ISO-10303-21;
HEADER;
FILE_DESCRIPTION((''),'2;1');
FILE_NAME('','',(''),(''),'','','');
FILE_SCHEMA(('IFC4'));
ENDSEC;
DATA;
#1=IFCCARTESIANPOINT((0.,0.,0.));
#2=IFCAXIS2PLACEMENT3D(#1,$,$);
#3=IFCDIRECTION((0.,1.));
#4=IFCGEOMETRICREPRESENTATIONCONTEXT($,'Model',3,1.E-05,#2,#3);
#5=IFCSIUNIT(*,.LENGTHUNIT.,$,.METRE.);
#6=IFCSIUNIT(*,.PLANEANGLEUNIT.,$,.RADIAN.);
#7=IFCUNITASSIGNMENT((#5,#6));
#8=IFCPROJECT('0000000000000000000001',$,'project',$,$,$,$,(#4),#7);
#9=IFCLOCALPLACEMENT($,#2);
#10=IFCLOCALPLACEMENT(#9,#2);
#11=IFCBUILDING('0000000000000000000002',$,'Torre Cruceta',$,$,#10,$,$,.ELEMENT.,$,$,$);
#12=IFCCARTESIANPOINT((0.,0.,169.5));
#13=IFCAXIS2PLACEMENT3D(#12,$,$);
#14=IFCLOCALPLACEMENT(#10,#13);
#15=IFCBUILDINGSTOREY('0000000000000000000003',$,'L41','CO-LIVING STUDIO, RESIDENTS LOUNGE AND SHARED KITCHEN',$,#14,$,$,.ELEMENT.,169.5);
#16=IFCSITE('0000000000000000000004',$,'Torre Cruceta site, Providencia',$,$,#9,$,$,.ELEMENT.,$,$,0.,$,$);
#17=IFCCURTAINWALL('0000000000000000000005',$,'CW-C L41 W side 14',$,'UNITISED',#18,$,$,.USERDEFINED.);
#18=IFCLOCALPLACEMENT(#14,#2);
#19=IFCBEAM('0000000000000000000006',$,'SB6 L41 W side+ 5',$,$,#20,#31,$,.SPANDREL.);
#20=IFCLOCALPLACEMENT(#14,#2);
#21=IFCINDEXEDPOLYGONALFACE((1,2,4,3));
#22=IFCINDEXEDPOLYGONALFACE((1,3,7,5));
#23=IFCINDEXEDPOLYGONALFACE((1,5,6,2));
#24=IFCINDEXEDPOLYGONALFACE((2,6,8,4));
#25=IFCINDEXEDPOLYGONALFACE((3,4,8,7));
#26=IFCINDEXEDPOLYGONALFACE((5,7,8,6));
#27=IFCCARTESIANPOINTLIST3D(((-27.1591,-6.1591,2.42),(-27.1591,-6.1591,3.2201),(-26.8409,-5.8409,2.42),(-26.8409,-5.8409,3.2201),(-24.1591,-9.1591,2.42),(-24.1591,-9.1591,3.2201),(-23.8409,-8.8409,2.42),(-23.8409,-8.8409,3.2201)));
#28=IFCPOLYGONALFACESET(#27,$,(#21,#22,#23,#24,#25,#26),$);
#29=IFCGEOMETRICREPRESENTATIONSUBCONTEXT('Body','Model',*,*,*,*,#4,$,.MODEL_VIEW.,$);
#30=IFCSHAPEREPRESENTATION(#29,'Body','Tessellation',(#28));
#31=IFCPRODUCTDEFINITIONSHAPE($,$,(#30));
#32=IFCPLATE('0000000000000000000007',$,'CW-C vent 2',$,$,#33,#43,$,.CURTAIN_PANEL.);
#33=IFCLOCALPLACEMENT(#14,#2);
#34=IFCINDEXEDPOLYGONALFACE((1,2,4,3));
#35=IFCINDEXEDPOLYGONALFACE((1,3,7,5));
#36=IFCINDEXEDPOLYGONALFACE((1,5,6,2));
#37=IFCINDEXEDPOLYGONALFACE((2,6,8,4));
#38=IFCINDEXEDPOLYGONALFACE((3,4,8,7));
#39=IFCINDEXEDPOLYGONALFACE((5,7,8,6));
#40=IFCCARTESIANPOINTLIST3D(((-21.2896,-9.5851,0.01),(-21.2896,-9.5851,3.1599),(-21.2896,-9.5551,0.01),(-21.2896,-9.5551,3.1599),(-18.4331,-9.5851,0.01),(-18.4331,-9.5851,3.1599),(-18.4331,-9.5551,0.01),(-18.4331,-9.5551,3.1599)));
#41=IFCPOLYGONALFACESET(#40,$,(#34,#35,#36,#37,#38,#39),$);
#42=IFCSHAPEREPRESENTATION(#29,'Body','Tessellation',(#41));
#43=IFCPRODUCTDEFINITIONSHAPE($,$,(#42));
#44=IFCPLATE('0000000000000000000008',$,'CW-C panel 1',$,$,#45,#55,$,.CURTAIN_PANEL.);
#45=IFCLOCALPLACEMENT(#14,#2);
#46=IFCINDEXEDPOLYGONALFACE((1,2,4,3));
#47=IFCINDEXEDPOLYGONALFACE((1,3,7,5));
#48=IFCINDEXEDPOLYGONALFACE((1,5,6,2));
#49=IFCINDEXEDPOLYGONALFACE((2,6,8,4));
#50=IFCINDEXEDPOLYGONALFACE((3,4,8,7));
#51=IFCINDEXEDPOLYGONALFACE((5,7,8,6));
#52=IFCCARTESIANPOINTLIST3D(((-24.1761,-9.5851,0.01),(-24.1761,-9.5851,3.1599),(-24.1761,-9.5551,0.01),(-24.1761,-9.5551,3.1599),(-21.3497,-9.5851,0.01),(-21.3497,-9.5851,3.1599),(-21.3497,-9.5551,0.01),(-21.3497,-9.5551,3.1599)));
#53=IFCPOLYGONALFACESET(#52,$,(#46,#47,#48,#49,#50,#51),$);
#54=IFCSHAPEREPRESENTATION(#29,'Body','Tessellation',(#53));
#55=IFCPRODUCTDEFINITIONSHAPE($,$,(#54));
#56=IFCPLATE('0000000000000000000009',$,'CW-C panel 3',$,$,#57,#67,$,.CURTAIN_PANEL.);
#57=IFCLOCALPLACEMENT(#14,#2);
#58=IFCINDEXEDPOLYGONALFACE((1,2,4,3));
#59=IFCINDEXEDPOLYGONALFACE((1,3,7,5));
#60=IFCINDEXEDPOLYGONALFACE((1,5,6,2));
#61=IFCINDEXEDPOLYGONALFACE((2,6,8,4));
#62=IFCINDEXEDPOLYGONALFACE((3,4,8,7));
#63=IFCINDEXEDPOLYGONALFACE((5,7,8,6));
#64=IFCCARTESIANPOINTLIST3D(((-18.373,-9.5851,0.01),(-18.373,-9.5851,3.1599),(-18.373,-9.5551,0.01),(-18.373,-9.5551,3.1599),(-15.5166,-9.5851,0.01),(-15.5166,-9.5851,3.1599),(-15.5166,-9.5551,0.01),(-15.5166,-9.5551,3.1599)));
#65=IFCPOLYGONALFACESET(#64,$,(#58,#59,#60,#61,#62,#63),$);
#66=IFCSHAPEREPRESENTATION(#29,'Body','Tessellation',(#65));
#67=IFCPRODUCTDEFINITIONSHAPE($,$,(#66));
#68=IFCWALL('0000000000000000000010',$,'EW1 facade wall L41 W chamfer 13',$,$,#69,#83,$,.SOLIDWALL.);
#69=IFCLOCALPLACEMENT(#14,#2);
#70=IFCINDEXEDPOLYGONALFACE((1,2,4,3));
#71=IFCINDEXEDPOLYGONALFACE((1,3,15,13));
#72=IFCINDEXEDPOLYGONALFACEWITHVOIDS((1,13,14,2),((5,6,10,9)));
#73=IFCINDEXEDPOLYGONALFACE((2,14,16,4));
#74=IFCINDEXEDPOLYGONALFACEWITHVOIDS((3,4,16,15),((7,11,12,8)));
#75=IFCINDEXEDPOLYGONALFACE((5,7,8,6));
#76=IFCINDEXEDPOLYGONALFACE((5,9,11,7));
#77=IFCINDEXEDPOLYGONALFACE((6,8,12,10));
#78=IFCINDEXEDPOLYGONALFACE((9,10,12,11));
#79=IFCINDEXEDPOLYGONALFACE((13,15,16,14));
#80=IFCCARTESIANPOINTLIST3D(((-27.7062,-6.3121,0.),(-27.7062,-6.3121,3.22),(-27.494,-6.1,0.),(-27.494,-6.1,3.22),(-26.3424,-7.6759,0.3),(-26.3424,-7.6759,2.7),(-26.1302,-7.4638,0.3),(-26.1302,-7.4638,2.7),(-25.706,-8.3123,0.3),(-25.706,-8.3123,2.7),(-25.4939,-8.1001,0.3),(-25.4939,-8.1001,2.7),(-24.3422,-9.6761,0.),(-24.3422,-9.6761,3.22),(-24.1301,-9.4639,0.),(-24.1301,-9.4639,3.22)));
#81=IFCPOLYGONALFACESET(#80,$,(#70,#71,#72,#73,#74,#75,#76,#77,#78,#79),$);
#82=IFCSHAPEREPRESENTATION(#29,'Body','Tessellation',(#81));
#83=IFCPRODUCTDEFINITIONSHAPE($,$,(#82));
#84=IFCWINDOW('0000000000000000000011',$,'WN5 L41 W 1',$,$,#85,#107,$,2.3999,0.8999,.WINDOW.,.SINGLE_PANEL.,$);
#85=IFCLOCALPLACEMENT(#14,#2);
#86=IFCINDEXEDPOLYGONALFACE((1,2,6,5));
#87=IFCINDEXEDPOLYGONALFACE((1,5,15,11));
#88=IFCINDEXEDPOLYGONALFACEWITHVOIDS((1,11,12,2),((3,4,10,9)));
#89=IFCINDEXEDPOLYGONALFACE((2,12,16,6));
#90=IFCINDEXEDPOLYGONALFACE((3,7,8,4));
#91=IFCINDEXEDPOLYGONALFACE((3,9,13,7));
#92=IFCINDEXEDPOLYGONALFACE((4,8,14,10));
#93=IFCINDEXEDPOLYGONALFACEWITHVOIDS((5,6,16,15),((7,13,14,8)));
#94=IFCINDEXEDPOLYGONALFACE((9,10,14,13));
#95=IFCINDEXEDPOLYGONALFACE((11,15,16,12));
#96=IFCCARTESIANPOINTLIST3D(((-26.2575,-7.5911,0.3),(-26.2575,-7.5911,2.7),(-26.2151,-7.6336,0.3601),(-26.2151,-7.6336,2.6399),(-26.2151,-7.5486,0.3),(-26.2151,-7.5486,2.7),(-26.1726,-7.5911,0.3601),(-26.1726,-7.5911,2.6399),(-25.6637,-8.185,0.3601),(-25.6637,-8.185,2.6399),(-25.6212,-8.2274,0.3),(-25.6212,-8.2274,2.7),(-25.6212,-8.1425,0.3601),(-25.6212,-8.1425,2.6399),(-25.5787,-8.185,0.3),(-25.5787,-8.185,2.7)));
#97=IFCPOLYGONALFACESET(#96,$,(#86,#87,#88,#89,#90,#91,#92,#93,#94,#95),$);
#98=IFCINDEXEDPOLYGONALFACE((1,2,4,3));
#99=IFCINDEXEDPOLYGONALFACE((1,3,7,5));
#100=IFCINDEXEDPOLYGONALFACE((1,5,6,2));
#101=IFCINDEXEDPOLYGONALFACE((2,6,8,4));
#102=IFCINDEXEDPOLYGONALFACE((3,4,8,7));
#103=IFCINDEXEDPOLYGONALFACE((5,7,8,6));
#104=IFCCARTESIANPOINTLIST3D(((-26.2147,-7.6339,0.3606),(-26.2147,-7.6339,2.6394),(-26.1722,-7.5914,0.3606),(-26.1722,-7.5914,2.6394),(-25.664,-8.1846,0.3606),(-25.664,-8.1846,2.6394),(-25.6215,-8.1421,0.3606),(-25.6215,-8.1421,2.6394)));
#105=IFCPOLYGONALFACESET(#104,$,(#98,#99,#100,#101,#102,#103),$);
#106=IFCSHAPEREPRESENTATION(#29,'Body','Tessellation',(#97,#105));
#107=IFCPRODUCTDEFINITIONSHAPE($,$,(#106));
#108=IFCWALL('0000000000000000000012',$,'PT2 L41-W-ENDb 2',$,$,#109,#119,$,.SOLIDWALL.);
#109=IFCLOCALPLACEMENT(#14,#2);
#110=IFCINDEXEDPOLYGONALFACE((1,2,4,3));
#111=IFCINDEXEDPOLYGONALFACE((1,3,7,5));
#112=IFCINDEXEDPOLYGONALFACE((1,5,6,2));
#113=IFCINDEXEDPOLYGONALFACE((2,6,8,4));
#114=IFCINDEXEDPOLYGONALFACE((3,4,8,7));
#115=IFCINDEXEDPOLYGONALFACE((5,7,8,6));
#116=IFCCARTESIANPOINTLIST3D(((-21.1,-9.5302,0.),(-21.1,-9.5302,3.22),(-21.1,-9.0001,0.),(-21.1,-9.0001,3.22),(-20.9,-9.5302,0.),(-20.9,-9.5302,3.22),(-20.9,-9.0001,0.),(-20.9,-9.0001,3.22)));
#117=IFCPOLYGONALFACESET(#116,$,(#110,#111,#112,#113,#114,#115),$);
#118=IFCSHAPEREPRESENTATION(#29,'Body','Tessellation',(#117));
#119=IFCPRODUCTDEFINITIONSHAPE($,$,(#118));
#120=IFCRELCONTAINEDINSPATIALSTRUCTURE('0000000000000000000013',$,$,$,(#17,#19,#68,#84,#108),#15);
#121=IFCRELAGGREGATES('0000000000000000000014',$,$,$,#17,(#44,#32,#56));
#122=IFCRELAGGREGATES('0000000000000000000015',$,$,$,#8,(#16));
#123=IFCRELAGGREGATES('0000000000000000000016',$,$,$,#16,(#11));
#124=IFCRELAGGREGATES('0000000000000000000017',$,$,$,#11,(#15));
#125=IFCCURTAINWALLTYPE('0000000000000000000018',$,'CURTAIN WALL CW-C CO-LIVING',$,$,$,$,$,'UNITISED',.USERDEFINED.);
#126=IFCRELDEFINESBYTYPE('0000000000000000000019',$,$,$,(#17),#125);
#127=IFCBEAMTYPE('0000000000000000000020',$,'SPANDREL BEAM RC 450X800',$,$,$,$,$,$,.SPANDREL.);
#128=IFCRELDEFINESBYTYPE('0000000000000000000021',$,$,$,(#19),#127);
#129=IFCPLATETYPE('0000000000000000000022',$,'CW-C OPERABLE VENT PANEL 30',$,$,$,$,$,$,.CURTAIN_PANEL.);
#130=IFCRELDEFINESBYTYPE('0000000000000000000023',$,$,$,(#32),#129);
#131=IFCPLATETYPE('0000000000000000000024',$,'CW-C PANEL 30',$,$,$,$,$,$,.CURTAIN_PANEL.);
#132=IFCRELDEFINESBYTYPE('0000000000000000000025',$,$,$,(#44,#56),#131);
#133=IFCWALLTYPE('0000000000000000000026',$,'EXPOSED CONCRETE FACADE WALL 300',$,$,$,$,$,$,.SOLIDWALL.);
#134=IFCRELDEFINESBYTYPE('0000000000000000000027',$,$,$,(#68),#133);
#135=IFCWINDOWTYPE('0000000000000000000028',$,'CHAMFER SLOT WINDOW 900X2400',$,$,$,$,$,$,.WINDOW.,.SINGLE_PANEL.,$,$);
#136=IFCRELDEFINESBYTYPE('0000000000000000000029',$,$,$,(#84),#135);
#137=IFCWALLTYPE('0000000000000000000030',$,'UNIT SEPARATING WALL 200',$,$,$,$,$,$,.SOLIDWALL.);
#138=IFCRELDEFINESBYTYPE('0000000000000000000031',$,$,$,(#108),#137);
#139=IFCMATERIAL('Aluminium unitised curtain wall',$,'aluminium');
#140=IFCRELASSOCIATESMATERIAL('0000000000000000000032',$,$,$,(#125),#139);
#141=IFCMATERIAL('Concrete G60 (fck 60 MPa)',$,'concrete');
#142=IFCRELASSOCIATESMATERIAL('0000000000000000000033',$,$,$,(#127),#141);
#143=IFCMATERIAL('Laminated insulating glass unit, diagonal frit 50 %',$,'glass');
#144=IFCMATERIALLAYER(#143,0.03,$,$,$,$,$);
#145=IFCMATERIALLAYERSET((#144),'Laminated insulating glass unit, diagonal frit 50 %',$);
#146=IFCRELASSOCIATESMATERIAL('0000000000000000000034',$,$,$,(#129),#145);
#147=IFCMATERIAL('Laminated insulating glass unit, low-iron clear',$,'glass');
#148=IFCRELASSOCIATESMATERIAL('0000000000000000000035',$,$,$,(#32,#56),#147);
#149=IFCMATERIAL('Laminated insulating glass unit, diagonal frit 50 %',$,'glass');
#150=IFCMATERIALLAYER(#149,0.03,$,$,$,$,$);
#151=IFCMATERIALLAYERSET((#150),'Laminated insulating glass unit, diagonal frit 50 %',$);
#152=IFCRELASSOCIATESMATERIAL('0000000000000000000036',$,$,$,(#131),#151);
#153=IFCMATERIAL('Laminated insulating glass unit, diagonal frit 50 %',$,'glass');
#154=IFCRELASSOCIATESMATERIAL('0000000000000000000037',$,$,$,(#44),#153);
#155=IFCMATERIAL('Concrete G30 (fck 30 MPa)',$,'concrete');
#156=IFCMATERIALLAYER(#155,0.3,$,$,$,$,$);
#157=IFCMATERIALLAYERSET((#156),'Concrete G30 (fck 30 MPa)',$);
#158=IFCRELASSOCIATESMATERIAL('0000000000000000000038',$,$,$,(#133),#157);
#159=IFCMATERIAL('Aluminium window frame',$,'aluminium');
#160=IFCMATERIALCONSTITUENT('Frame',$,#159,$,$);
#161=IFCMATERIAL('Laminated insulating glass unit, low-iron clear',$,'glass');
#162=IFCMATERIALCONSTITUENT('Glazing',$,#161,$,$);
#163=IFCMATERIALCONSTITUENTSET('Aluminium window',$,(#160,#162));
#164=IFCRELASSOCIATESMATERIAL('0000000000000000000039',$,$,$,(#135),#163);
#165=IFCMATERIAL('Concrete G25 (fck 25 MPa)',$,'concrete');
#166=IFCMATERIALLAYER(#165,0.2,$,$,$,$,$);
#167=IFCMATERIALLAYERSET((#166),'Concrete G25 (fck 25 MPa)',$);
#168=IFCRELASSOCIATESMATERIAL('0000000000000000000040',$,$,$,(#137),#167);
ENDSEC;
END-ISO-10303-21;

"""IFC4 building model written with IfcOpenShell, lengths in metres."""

from ifc_helpers import new_model, si_unit, direction, frame, frame_2d, origin, origin_2d, place, context, subcontext, project, spatial, rectangle, hollow_rectangle, extrude, material, layer, layer_set, constituent, constituent_set, material_profile, profile_set, type_object, element, fill, aggregate, save


model = new_model("IFC4")

# Units and contexts
model_context = context("Model", 3, precision=1e-05, world=origin(), true_north=direction((0.0, 1.0)))
body_context = subcontext(model_context, "Body", "Model", "MODEL_VIEW")
ifc_project = project(units=[si_unit("LENGTHUNIT", "METRE"), si_unit("PLANEANGLEUNIT", "RADIAN")], contexts=[model_context])

# Site, building, storey
site_placement = place(None, origin())
site = spatial("IfcSite", under=ifc_project, at=site_placement, Name="Torre Cruceta site, Providencia", CompositionType="ELEMENT", RefElevation=0.0)
building_placement = place(site_placement, origin())
building = spatial("IfcBuilding", under=site, at=building_placement, Name="Torre Cruceta", CompositionType="ELEMENT")
storey_placement = place(building_placement, frame((0.0, 0.0, 169.5)))
storey = spatial("IfcBuildingStorey", under=building, at=storey_placement, Name="L41", Description="CO-LIVING STUDIO, RESIDENTS LOUNGE AND SHARED KITCHEN", CompositionType="ELEMENT", Elevation=169.5)

# Curtain wall
ifc_material_1 = material(Name="Aluminium unitised curtain wall", Category="aluminium")
curtain_wall_type = type_object("IfcCurtainWallType", Name="CURTAIN WALL CW-C CO-LIVING", ElementType="UNITISED", PredefinedType="USERDEFINED", material=ifc_material_1)
curtain_wall_placement = place(storey_placement, origin())
curtain_wall = element("IfcCurtainWall", 1, at=curtain_wall_placement, inside=storey, type_object=curtain_wall_type, Name="CW-C L41 W side 14", ObjectType="UNITISED", PredefinedType="USERDEFINED")

# Beam
ifc_material_2 = material(Name="Concrete G60 (fck 60 MPa)", Category="concrete")
ifc_material_profile_1 = material_profile(ifc_material_2, rectangle(XDim=0.45, YDim=0.8, at=origin_2d()), Name="RC 450X800")
ifc_profile_set_1 = profile_set([ifc_material_profile_1], Name="Concrete G60 (fck 60 MPa)")
beam_type_1 = type_object("IfcBeamType", Name="SPANDREL BEAM RC 450X800", PredefinedType="SPANDREL", material=ifc_profile_set_1)
beam_1_placement = place(storey_placement, frame((-24.0, -9.0, 2.8201), z_axis=(-0.707107, 0.707107, 0.0), x_axis=(-0.707107, -0.707107, 0.0)))
element("IfcBeam", 2, at=beam_1_placement, inside=storey, type_object=beam_type_1, Name="SB6 L41 W side+ 5", PredefinedType="SPANDREL", context=body_context, shape_type="SweptSolid", body=[
    extrude(rectangle(XDim=0.45, YDim=0.8, at=origin_2d()), origin(), (0.0, 0.0, 1.0), 4.2427),
])

# Plates
ifc_material_3 = material(Name="Laminated insulating glass unit, low-iron clear", Category="glass")
ifc_material_4 = material(Name="Laminated insulating glass unit, diagonal frit 50 %", Category="glass")
ifc_layer_1 = layer(ifc_material_4, 0.03)
ifc_layer_set_1 = layer_set([ifc_layer_1], Name="Laminated insulating glass unit, diagonal frit 50 %")
plate_type_1 = type_object("IfcPlateType", Name="CW-C OPERABLE VENT PANEL 30", PredefinedType="CURTAIN_PANEL", material=ifc_layer_set_1)
plate_1_placement = place(storey_placement, frame((-19.8613, -9.5701, 0.01), z_axis=(0.0, 0.0, 1.0), x_axis=(1.0, 0.0, 0.0)))
plate_1 = element("IfcPlate", 3, at=plate_1_placement, type_object=plate_type_1, material=ifc_material_3, Name="CW-C vent 2", PredefinedType="CURTAIN_PANEL", context=body_context, shape_type="SweptSolid", body=[
    extrude(rectangle(XDim=2.8564, YDim=0.03, at=origin_2d()), origin(), (0.0, 0.0, 1.0), 3.1499),
])
ifc_material_5 = material(Name="Laminated insulating glass unit, diagonal frit 50 %", Category="glass")
ifc_material_6 = material(Name="Laminated insulating glass unit, diagonal frit 50 %", Category="glass")
ifc_layer_2 = layer(ifc_material_6, 0.03)
ifc_layer_set_2 = layer_set([ifc_layer_2], Name="Laminated insulating glass unit, diagonal frit 50 %")
plate_type_2 = type_object("IfcPlateType", Name="CW-C PANEL 30", PredefinedType="CURTAIN_PANEL", material=ifc_layer_set_2)
plate_2_placement = place(storey_placement, frame((-22.7629, -9.5701, 0.01), z_axis=(0.0, 0.0, 1.0), x_axis=(1.0, 0.0, 0.0)))
plate_2 = element("IfcPlate", 4, at=plate_2_placement, type_object=plate_type_2, material=ifc_material_5, Name="CW-C panel 1", PredefinedType="CURTAIN_PANEL", context=body_context, shape_type="SweptSolid", body=[
    extrude(rectangle(XDim=2.8264, YDim=0.03, at=origin_2d()), origin(), (0.0, 0.0, 1.0), 3.1499),
])
plate_3_placement = place(storey_placement, frame((-16.9448, -9.5701, 0.01), z_axis=(0.0, 0.0, 1.0), x_axis=(1.0, 0.0, 0.0)))
plate_3 = element("IfcPlate", 5, at=plate_3_placement, type_object=plate_type_2, material=ifc_material_3, Name="CW-C panel 3", PredefinedType="CURTAIN_PANEL", context=body_context, shape_type="SweptSolid", body=[
    extrude(rectangle(XDim=2.8564, YDim=0.03, at=origin_2d()), origin(), (0.0, 0.0, 1.0), 3.1499),
])
aggregate(curtain_wall, [plate_2, plate_1, plate_3])

# Wall, opening, window
ifc_material_7 = material(Name="Concrete G30 (fck 30 MPa)", Category="concrete")
ifc_layer_3 = layer(ifc_material_7, 0.3)
ifc_layer_set_3 = layer_set([ifc_layer_3], Name="Concrete G30 (fck 30 MPa)")
wall_type_1 = type_object("IfcWallType", Name="EXPOSED CONCRETE FACADE WALL 300", PredefinedType="SOLIDWALL", material=ifc_layer_set_3)
wall_1_placement = place(storey_placement, frame((-27.6001, -6.2061, 0.0), z_axis=(0.0, 0.0, 1.0), x_axis=(0.707107, -0.707107, 0.0)))
wall_1 = element("IfcWall", 6, at=wall_1_placement, inside=storey, type_object=wall_type_1, Name="EW1 facade wall L41 W chamfer 13", PredefinedType="SOLIDWALL", context=body_context, shape_type="SweptSolid", body=[
    extrude(rectangle(XDim=4.7573, YDim=0.3, at=frame_2d((2.3787, 0.0))), origin(), (0.0, 0.0, 1.0), 3.22),
])
opening_placement = place(wall_1_placement, frame((1.9287, 0.0, 0.3)))
opening = element("IfcOpeningElement", 7, at=opening_placement, cuts=wall_1, PredefinedType="OPENING", context=body_context, shape_type="SweptSolid", body=[
    extrude(rectangle(XDim=0.8999, YDim=2.3999, at=frame_2d((0.45, 1.2))), frame((0.0, 0.1599, 0.0), z_axis=(0.0, -1.0, 0.0), x_axis=(1.0, 0.0, 0.0)), (0.0, 0.0, 1.0), 0.3201),
])
ifc_material_8 = material(Name="Aluminium window frame", Category="aluminium")
ifc_constituent_1 = constituent(ifc_material_8, Name="Frame")
ifc_material_9 = material(Name="Laminated insulating glass unit, low-iron clear", Category="glass")
ifc_constituent_2 = constituent(ifc_material_9, Name="Glazing")
ifc_constituent_set = constituent_set(constituents=[ifc_constituent_1, ifc_constituent_2], Name="Aluminium window")
window_type = type_object("IfcWindowType", Name="CHAMFER SLOT WINDOW 900X2400", PartitioningType="SINGLE_PANEL", PredefinedType="WINDOW", material=ifc_constituent_set)
window_placement = place(opening_placement, origin())
window = element("IfcWindow", 8, at=window_placement, inside=storey, type_object=window_type, Name="WN5 L41 W 1", OverallHeight=2.3999, OverallWidth=0.8999, PartitioningType="SINGLE_PANEL", PredefinedType="WINDOW", context=body_context, shape_type="SweptSolid", body=[
    extrude(hollow_rectangle(XDim=0.8999, YDim=2.3999, WallThickness=0.0601, at=frame_2d((0.45, 1.2))), frame((0.0, 0.03, 0.0), z_axis=(0.0, -1.0, 0.0), x_axis=(1.0, 0.0, 0.0)), (0.0, 0.0, 1.0), 0.0601),
    extrude(rectangle(XDim=0.7788, YDim=2.2788, at=frame_2d((0.45, 1.2))), frame((0.0, 0.03, 0.0), z_axis=(0.0, -1.0, 0.0), x_axis=(1.0, 0.0, 0.0)), (0.0, 0.0, 1.0), 0.0601),
])
fill(opening, window)

# Wall
ifc_material_10 = material(Name="Concrete G25 (fck 25 MPa)", Category="concrete")
ifc_layer_4 = layer(ifc_material_10, 0.2)
ifc_layer_set_4 = layer_set([ifc_layer_4], Name="Concrete G25 (fck 25 MPa)")
wall_type_2 = type_object("IfcWallType", Name="UNIT SEPARATING WALL 200", PredefinedType="SOLIDWALL", material=ifc_layer_set_4)
wall_2_placement = place(storey_placement, frame((-21.0, -9.0, 0.0), z_axis=(0.0, 0.0, 1.0), x_axis=(0.0, -1.0, 0.0)))
element("IfcWall", 9, at=wall_2_placement, inside=storey, type_object=wall_type_2, Name="PT2 L41-W-ENDb 2", PredefinedType="SOLIDWALL", context=body_context, shape_type="SweptSolid", body=[
    extrude(rectangle(XDim=0.53, YDim=0.2, at=frame_2d((0.2651, 0.0))), origin(), (0.0, 0.0, 1.0), 3.22),
])

save(model, "model.ifc")
